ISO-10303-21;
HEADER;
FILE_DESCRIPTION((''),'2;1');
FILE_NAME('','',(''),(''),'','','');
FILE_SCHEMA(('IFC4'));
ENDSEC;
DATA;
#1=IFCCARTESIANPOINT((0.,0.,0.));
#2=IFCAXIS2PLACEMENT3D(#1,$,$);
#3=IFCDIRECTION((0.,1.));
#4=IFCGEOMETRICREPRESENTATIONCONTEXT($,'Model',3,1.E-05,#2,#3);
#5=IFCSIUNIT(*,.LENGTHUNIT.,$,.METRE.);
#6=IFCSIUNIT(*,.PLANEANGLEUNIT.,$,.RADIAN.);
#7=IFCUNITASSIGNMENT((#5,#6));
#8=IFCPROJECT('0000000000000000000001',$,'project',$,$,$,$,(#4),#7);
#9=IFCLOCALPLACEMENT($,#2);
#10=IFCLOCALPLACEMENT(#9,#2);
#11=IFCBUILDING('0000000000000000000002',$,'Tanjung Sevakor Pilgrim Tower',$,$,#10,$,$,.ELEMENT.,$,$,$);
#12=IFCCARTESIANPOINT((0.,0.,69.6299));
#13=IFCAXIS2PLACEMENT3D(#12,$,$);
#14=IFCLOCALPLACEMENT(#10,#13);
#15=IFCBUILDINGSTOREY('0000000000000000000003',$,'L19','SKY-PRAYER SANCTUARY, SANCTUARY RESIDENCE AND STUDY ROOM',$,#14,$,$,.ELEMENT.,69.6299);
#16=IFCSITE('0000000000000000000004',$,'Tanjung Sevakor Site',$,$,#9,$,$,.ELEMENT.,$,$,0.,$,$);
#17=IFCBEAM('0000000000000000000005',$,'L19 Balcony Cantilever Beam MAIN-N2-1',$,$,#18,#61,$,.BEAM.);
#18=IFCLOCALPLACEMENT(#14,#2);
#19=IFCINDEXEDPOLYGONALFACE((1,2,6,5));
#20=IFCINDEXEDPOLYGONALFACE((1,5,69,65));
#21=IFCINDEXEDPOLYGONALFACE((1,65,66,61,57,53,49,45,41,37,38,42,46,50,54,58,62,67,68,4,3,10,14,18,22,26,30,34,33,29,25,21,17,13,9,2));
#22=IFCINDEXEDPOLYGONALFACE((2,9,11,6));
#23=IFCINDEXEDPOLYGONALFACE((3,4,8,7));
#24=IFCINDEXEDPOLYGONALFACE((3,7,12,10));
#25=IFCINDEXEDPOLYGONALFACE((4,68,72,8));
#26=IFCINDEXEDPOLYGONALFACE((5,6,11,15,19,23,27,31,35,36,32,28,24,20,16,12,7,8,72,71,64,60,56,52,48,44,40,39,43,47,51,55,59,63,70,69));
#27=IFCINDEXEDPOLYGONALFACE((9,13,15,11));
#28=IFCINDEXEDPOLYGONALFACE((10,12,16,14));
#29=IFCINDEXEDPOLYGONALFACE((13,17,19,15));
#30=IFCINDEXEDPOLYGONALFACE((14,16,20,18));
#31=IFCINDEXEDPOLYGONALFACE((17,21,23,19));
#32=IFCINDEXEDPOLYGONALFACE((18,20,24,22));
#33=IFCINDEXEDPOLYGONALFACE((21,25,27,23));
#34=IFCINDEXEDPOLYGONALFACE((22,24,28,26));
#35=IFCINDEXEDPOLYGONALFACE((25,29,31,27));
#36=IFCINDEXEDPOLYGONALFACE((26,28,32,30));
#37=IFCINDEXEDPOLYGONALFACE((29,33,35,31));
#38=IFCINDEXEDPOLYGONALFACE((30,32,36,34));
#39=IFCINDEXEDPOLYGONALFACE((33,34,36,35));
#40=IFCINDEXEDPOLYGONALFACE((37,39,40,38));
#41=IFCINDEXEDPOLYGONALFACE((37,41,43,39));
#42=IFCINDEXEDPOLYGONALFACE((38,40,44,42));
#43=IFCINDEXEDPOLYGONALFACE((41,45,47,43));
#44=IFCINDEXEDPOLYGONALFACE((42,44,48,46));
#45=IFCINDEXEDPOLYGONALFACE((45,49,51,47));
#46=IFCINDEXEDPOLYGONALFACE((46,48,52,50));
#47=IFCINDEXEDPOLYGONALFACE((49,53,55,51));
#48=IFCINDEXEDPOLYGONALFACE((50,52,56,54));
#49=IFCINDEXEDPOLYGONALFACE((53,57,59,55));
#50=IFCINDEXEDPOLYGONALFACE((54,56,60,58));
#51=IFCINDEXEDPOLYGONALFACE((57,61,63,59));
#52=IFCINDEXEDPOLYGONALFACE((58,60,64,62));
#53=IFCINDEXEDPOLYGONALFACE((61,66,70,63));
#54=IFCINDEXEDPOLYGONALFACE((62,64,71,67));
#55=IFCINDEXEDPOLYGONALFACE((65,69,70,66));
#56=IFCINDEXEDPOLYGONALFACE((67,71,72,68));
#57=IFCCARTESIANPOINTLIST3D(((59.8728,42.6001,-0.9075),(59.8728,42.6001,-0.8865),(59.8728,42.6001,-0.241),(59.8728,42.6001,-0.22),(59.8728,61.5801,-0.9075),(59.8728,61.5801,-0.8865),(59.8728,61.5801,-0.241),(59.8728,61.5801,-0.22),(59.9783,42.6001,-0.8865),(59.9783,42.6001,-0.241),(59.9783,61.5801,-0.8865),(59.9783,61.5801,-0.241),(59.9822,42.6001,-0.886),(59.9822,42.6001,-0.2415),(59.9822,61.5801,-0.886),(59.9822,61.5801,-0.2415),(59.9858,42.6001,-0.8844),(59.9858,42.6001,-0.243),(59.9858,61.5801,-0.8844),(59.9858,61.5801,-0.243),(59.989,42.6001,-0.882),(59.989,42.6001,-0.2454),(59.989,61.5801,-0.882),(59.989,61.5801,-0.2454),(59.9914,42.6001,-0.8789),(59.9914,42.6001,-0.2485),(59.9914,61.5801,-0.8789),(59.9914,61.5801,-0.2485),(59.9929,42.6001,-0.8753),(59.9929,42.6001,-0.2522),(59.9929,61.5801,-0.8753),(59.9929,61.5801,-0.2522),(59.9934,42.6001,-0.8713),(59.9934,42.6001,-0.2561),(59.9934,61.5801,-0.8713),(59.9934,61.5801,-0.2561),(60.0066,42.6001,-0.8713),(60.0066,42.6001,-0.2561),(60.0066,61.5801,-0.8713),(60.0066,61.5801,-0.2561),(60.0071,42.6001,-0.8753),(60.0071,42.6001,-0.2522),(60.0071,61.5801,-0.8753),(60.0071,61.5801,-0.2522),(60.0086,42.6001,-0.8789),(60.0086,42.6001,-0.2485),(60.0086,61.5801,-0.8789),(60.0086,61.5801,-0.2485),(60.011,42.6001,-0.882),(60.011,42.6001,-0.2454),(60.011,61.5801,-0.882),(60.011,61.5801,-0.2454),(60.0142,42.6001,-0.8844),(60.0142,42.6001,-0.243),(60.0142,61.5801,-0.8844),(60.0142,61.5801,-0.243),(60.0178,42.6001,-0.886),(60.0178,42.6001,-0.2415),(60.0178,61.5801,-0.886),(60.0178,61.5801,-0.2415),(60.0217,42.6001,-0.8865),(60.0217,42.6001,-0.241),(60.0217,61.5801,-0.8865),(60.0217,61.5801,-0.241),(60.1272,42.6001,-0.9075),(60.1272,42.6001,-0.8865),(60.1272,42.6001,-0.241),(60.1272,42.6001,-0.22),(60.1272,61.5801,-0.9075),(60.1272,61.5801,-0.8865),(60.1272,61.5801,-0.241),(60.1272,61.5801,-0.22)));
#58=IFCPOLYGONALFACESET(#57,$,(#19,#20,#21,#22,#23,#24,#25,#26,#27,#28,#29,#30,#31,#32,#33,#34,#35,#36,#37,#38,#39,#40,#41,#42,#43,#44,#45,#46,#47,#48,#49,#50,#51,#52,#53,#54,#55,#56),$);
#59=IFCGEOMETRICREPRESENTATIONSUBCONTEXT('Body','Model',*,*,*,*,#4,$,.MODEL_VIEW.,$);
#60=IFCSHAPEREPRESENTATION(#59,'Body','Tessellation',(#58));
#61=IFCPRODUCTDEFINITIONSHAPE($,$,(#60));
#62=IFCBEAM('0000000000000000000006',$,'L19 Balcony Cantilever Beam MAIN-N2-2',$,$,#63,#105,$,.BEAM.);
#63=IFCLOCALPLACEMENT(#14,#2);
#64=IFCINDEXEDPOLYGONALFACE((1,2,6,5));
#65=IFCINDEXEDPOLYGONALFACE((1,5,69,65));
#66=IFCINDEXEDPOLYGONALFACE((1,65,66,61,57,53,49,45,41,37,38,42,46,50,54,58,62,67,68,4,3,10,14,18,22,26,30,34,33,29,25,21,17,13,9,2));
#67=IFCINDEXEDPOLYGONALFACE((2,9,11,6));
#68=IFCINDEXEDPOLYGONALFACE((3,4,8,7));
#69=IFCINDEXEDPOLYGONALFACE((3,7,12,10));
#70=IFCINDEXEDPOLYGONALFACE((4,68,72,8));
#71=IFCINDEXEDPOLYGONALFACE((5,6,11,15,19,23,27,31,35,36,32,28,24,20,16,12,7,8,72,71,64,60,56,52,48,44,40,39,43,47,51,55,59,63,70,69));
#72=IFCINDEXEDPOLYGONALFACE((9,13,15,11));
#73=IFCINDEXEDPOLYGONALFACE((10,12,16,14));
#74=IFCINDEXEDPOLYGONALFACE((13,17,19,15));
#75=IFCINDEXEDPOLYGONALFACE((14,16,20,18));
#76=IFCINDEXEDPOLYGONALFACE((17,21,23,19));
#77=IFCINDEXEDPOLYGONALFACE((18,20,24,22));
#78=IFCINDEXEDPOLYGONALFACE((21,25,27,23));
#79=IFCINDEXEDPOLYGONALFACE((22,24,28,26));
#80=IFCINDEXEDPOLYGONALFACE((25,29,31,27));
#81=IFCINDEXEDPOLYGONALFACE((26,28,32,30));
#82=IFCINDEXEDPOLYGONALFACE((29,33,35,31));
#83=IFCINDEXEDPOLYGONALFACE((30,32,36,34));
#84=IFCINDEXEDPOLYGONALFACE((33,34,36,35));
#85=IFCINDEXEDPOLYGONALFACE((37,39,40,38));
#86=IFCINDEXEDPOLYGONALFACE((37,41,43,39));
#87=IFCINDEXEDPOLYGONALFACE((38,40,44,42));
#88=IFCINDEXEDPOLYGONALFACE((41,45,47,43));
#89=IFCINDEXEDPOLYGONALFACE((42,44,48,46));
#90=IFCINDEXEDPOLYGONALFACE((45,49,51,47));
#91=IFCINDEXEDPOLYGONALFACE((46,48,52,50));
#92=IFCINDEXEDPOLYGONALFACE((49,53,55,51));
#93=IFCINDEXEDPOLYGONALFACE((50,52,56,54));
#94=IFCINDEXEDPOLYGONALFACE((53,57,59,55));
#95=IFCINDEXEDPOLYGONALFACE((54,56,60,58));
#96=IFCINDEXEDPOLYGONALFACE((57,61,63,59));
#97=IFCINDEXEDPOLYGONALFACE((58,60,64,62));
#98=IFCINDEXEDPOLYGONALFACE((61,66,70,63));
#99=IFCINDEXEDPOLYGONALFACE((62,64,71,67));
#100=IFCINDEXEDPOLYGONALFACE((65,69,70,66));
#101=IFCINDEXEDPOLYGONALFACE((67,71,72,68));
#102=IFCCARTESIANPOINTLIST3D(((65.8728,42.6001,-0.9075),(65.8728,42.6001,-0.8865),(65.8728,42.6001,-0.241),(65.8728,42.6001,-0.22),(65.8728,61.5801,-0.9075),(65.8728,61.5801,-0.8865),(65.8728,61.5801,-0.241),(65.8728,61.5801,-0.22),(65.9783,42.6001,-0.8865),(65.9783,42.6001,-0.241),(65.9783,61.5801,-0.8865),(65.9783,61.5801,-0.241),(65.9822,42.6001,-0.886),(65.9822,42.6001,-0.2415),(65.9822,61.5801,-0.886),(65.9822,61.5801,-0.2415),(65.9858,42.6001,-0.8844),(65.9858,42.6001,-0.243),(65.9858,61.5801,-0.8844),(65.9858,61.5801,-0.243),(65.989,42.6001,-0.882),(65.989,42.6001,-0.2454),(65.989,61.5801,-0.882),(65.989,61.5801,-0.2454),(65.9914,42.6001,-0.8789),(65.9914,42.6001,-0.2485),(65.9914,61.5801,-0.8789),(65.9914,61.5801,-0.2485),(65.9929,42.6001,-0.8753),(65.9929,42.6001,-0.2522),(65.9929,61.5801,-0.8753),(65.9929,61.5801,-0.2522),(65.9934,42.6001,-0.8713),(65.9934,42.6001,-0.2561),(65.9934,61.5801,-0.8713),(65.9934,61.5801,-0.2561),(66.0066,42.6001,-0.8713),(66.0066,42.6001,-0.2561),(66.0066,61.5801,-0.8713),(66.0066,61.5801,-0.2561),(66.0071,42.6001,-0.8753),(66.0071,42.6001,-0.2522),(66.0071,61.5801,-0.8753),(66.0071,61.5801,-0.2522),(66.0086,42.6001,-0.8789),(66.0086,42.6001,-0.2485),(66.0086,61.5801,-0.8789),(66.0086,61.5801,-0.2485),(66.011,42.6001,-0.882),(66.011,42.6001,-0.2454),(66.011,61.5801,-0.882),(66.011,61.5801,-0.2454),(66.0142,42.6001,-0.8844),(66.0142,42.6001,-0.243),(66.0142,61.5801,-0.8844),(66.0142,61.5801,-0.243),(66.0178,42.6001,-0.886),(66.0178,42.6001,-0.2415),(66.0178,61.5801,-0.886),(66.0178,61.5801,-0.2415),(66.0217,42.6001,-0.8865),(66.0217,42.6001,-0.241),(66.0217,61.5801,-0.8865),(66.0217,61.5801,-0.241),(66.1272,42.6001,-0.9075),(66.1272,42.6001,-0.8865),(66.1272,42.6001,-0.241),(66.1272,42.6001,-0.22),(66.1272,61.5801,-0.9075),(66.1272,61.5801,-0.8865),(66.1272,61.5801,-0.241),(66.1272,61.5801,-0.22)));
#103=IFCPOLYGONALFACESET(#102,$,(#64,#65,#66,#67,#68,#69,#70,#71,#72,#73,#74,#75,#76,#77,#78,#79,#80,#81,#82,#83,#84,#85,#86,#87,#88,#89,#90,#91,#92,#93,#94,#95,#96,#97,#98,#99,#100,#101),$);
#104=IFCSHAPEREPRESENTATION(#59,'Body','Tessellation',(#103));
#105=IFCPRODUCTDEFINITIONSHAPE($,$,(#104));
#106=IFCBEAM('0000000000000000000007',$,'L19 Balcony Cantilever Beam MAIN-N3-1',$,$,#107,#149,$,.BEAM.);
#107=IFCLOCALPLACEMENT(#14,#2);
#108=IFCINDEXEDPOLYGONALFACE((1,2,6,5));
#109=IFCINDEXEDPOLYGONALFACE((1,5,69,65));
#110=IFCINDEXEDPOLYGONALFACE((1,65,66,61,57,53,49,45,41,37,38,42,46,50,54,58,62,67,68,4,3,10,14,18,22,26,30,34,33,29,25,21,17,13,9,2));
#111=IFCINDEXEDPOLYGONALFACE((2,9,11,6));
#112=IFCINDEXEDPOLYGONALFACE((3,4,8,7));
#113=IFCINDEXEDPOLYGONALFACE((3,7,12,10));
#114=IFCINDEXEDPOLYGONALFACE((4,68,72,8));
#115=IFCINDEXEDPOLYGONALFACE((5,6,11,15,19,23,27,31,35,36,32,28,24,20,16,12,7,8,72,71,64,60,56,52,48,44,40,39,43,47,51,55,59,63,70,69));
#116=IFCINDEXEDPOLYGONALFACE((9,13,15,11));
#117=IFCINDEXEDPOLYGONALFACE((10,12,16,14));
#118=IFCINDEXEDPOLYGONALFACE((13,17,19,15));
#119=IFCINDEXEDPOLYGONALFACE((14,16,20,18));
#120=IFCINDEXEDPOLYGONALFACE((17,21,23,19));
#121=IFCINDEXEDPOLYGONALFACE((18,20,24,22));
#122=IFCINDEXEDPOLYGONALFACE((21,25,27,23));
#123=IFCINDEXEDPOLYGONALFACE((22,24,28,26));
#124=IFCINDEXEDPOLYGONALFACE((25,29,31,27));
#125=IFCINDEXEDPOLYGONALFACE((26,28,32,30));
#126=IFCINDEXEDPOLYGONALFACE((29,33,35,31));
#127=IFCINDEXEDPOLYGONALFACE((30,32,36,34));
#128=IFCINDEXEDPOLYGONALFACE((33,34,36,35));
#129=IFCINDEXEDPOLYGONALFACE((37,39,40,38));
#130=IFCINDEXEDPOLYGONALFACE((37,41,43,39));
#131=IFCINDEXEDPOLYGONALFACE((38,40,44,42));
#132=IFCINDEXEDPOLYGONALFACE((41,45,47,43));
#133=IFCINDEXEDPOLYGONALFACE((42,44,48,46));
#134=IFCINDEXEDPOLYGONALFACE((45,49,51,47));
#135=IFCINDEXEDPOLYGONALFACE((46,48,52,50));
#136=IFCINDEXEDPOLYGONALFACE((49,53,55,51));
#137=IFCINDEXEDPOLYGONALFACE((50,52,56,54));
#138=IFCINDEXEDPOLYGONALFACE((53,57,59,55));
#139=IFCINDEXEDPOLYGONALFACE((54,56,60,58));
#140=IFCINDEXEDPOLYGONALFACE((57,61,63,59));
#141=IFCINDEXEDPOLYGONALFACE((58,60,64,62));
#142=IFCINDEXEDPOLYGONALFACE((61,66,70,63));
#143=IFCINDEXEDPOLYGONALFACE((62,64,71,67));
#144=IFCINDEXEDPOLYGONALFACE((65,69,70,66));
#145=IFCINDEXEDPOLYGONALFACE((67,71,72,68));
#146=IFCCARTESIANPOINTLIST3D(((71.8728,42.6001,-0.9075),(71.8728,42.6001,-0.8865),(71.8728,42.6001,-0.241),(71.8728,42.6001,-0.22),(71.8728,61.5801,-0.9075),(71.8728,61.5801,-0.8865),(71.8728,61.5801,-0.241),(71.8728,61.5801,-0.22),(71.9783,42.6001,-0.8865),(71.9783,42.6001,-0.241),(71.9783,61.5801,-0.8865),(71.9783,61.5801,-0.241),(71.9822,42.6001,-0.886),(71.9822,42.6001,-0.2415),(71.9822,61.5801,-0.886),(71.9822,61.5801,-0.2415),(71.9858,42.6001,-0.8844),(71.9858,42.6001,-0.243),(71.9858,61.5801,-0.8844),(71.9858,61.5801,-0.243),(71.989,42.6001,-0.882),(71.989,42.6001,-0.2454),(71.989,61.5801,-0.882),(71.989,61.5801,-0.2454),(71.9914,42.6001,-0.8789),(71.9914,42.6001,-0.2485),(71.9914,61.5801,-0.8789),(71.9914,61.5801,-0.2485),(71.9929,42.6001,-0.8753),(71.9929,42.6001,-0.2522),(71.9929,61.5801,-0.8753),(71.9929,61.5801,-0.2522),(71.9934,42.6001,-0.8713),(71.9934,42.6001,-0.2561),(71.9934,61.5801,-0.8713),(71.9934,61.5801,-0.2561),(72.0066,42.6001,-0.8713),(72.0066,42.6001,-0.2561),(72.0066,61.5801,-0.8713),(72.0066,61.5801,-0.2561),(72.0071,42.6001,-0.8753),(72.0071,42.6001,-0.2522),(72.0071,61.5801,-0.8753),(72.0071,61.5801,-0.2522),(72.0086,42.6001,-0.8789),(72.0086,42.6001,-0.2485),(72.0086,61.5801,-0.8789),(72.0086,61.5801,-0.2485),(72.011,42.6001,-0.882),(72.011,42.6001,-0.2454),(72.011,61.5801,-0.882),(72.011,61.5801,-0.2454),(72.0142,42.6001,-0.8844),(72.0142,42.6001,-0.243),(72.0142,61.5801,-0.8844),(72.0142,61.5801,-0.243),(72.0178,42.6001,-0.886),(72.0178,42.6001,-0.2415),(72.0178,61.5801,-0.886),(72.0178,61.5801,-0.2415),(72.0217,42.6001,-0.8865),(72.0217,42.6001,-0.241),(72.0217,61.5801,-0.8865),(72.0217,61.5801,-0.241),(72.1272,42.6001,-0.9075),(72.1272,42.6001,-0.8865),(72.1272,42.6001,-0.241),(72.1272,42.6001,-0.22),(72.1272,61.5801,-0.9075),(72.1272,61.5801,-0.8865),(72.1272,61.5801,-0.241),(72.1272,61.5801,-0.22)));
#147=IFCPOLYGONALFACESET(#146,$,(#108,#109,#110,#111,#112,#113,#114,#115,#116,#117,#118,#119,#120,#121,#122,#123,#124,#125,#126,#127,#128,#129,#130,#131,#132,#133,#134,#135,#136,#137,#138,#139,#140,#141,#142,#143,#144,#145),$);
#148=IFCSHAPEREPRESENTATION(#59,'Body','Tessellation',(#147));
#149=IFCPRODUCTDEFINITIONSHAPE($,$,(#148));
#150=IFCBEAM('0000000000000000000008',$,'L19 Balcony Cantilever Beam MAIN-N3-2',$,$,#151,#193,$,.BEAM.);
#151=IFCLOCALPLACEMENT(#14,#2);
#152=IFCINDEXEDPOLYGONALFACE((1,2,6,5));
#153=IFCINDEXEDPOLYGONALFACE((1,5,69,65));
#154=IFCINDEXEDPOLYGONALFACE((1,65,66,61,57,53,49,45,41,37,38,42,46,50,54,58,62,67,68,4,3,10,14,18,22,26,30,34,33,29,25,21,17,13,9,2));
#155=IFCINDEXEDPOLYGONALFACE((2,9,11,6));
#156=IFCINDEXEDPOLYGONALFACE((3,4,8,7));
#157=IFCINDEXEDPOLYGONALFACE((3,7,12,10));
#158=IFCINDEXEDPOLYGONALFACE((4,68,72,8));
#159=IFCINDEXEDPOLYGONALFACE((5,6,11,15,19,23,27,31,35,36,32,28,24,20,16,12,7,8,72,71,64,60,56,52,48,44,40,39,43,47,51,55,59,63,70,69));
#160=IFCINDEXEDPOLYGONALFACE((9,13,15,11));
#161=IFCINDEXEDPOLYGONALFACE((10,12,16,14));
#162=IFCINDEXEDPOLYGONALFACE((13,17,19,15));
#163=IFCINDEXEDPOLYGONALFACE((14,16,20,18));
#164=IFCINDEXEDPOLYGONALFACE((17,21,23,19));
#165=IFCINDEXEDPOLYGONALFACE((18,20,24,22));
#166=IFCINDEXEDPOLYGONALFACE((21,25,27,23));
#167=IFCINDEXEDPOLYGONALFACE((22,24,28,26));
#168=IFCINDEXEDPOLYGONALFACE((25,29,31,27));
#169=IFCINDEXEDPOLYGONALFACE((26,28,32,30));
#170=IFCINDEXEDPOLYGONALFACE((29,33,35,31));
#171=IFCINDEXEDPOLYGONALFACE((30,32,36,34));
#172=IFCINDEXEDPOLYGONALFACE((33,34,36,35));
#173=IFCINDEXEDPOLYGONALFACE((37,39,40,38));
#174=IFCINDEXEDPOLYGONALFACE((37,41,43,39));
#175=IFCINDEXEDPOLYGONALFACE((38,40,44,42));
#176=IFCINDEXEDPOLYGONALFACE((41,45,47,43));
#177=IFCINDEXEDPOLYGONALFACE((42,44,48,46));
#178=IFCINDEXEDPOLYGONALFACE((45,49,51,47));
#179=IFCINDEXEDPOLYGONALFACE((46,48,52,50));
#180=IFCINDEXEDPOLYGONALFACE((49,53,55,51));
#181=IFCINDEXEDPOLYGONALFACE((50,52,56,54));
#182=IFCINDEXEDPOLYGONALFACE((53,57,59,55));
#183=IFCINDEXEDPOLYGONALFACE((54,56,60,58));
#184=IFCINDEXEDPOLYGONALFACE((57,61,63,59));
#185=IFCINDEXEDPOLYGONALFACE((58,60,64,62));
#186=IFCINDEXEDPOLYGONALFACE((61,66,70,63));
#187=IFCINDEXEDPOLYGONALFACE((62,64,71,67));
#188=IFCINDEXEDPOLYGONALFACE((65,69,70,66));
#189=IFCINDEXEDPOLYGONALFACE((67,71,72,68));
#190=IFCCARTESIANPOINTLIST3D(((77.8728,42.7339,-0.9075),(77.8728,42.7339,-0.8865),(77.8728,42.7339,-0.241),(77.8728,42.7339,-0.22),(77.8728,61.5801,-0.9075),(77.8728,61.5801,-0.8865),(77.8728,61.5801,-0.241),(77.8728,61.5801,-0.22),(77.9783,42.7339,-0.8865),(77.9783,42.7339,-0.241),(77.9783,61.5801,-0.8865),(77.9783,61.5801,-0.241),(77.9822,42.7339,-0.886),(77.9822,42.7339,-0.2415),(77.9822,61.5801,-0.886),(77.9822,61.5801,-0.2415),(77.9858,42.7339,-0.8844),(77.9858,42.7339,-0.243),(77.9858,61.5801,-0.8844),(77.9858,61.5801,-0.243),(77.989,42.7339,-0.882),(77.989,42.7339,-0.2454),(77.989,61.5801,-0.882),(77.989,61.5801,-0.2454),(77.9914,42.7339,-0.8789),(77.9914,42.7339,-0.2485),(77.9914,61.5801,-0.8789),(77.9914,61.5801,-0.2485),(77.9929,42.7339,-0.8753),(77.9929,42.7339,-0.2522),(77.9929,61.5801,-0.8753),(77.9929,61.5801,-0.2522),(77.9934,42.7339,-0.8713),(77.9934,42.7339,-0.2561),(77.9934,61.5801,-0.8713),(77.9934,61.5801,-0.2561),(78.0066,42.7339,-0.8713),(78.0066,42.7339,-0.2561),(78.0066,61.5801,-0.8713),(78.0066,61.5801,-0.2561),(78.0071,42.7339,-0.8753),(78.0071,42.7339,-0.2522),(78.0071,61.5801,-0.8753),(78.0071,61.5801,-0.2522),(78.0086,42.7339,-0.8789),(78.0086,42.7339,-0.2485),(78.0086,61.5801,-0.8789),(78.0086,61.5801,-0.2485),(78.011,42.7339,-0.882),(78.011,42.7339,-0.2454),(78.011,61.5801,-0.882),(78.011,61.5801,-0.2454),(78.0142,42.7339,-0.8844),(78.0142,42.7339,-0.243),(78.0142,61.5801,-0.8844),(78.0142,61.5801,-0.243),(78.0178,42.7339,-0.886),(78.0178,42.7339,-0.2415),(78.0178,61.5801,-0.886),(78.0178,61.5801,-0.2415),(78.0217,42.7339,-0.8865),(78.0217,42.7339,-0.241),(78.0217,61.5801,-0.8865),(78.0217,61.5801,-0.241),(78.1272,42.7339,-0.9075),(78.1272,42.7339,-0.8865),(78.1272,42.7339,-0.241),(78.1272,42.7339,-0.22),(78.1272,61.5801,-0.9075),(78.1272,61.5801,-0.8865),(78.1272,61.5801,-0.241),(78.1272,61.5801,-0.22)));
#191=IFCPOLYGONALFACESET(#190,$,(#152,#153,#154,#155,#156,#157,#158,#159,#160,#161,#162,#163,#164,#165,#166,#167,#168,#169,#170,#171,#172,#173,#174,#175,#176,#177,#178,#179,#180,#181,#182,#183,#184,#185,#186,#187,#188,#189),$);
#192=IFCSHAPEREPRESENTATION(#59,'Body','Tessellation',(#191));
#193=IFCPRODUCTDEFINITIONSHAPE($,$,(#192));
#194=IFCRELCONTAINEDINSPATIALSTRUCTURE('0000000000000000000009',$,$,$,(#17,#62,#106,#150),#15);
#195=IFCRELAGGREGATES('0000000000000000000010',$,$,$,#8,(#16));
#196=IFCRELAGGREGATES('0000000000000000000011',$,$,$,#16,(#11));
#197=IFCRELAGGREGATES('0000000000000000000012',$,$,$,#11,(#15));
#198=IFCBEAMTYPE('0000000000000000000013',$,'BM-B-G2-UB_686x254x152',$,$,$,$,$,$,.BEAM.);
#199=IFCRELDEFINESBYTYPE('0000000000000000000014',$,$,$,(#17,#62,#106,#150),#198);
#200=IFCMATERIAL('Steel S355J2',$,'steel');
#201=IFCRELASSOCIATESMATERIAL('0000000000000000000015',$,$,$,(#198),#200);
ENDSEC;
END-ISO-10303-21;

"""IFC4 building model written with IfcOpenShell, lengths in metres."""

from ifc_helpers import new_model, si_unit, direction, frame, origin, origin_2d, place, context, subcontext, project, spatial, i_section, extrude, material, material_profile, profile_set, type_object, element, save


model = new_model("IFC4")

# Units and contexts
model_context = context("Model", 3, precision=1e-05, world=origin(), true_north=direction((0.0, 1.0)))
body_context = subcontext(model_context, "Body", "Model", "MODEL_VIEW")
ifc_project = project(units=[si_unit("LENGTHUNIT", "METRE"), si_unit("PLANEANGLEUNIT", "RADIAN")], contexts=[model_context])

# Site, building, storey
site_placement = place(None, origin())
site = spatial("IfcSite", under=ifc_project, at=site_placement, Name="Tanjung Sevakor Site", CompositionType="ELEMENT", RefElevation=0.0)
building_placement = place(site_placement, origin())
building = spatial("IfcBuilding", under=site, at=building_placement, Name="Tanjung Sevakor Pilgrim Tower", CompositionType="ELEMENT")
storey_placement = place(building_placement, frame((0.0, 0.0, 69.6299)))
storey = spatial("IfcBuildingStorey", under=building, at=storey_placement, Name="L19", Description="SKY-PRAYER SANCTUARY, SANCTUARY RESIDENCE AND STUDY ROOM", CompositionType="ELEMENT", Elevation=69.6299)

# Beams
ifc_material_1 = material(Name="Steel S355J2", Category="steel")
ifc_material_profile_1 = material_profile(ifc_material_1, i_section(OverallWidth=0.2544, OverallDepth=0.6875, WebThickness=0.0132, FlangeThickness=0.021, FilletRadius=0.0151, at=origin_2d()))
ifc_profile_set_1 = profile_set([ifc_material_profile_1], Name="Steel S355J2")
beam_type_1 = type_object("IfcBeamType", Name="BM-B-G2-UB_686x254x152", PredefinedType="BEAM", material=ifc_profile_set_1)
for number, where, z_axis, x_axis, name in (
    (1, (60.0, 42.6001, -0.5637), (0.0, 1.0, 0.0), (-1.0, 0.0, 0.0), "L19 Balcony Cantilever Beam MAIN-N2-1"),
    (2, (66.0, 42.6001, -0.5637), (0.0, 1.0, 0.0), (-1.0, 0.0, 0.0), "L19 Balcony Cantilever Beam MAIN-N2-2"),
    (3, (72.0, 42.6001, -0.5637), (0.0, 1.0, 0.0), (-1.0, 0.0, 0.0), "L19 Balcony Cantilever Beam MAIN-N3-1"),
):
    element("IfcBeam", number, at=place(storey_placement, frame(where, z_axis=z_axis, x_axis=x_axis)), inside=storey, type_object=beam_type_1, Name=name, PredefinedType="BEAM", context=body_context, shape_type="SweptSolid", body=[
        extrude(i_section(OverallWidth=0.2544, OverallDepth=0.6875, WebThickness=0.0132, FlangeThickness=0.021, FilletRadius=0.0151, at=origin_2d()), origin(), (0.0, 0.0, 1.0), 18.98),
    ])
beam_placement = place(storey_placement, frame((78.0, 42.7339, -0.5637), z_axis=(0.0, 1.0, 0.0), x_axis=(-1.0, 0.0, 0.0)))
element("IfcBeam", 4, at=beam_placement, inside=storey, type_object=beam_type_1, Name="L19 Balcony Cantilever Beam MAIN-N3-2", PredefinedType="BEAM", context=body_context, shape_type="SweptSolid", body=[
    extrude(i_section(OverallWidth=0.2544, OverallDepth=0.6875, WebThickness=0.0132, FlangeThickness=0.021, FilletRadius=0.0151, at=origin_2d()), origin(), (0.0, 0.0, 1.0), 18.8462),
])

save(model, "model.ifc")
